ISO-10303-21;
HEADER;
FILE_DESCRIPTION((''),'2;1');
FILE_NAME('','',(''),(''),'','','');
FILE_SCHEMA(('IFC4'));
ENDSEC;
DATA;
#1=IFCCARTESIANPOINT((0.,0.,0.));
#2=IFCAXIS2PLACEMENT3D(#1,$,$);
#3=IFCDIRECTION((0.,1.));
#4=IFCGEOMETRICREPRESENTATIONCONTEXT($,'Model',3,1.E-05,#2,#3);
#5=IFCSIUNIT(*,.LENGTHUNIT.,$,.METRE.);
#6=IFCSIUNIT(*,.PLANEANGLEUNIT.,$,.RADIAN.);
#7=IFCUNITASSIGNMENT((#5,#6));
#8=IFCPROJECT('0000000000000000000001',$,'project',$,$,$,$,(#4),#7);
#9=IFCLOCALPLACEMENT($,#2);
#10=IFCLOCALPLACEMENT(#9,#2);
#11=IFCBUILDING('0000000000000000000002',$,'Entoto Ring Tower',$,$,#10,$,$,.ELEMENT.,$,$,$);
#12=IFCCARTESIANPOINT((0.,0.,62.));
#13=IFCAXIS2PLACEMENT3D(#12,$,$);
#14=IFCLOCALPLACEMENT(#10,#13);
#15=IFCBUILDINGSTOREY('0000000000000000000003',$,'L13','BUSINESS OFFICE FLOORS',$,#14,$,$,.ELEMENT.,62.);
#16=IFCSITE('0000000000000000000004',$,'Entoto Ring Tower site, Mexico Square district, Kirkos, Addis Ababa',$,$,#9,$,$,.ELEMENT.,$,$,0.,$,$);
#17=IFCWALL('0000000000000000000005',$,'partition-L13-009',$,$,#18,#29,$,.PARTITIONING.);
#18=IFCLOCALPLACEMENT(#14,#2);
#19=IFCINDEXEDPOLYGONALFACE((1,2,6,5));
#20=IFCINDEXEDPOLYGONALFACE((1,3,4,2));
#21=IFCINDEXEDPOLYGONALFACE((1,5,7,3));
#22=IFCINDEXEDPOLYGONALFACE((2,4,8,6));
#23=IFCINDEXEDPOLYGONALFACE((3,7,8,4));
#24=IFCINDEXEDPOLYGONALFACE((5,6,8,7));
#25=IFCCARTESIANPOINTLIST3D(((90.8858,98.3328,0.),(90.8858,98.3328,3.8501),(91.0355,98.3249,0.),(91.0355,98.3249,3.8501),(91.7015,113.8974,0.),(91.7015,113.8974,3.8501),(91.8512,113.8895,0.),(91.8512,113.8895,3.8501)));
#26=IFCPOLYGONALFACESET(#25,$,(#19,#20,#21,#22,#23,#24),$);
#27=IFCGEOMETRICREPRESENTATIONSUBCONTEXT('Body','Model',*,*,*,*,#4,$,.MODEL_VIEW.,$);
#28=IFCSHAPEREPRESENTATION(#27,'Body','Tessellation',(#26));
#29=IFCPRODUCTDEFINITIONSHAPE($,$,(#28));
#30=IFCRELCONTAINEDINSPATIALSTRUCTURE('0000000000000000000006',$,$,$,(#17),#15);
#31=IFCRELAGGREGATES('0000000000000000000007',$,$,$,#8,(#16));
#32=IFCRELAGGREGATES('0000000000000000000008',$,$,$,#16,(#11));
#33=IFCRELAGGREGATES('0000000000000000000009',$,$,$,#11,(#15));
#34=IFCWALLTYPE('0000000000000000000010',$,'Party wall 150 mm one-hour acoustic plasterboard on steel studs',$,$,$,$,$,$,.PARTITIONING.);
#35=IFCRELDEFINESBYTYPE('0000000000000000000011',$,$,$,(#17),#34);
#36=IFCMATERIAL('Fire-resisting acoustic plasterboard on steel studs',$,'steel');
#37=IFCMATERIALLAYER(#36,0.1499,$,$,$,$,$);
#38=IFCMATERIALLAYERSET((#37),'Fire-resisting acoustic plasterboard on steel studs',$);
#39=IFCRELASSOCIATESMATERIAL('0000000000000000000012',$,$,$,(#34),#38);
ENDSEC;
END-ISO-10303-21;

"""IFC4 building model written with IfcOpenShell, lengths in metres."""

from ifc_helpers import new_model, si_unit, direction, frame, frame_2d, origin, place, context, subcontext, project, spatial, rectangle, extrude, material, layer, layer_set, type_object, element, save


model = new_model("IFC4")

# Units and contexts
model_context = context("Model", 3, precision=1e-05, world=origin(), true_north=direction((0.0, 1.0)))
body_context = subcontext(model_context, "Body", "Model", "MODEL_VIEW")
ifc_project = project(units=[si_unit("LENGTHUNIT", "METRE"), si_unit("PLANEANGLEUNIT", "RADIAN")], contexts=[model_context])

# Site, building, storey
site_placement = place(None, origin())
site = spatial("IfcSite", under=ifc_project, at=site_placement, Name="Entoto Ring Tower site, Mexico Square district, Kirkos, Addis Ababa", CompositionType="ELEMENT", RefElevation=0.0)
building_placement = place(site_placement, origin())
building = spatial("IfcBuilding", under=site, at=building_placement, Name="Entoto Ring Tower", CompositionType="ELEMENT")
storey_placement = place(building_placement, frame((0.0, 0.0, 62.0)))
storey = spatial("IfcBuildingStorey", under=building, at=storey_placement, Name="L13", Description="BUSINESS OFFICE FLOORS", CompositionType="ELEMENT", Elevation=62.0)

# Wall
ifc_material_1 = material(Name="Fire-resisting acoustic plasterboard on steel studs", Category="steel")
ifc_layer_1 = layer(ifc_material_1, 0.1499)
ifc_layer_set_1 = layer_set([ifc_layer_1], Name="Fire-resisting acoustic plasterboard on steel studs")
wall_type_1 = type_object("IfcWallType", Name="Party wall 150 mm one-hour acoustic plasterboard on steel studs", PredefinedType="PARTITIONING", material=ifc_layer_set_1)
wall_1_placement = place(storey_placement, frame((90.9607, 98.3289, 0.0), z_axis=(0.0, 0.0, 1.0), x_axis=(0.052334, 0.99863, 0.0)))
element("IfcWall", 1, at=wall_1_placement, inside=storey, type_object=wall_type_1, Name="partition-L13-009", PredefinedType="PARTITIONING", context=body_context, shape_type="SweptSolid", body=[
    extrude(rectangle(XDim=15.5859, YDim=0.1499, at=frame_2d((7.793, 0.0))), origin(), (0.0, 0.0, 1.0), 3.8501),
])

save(model, "model.ifc")
